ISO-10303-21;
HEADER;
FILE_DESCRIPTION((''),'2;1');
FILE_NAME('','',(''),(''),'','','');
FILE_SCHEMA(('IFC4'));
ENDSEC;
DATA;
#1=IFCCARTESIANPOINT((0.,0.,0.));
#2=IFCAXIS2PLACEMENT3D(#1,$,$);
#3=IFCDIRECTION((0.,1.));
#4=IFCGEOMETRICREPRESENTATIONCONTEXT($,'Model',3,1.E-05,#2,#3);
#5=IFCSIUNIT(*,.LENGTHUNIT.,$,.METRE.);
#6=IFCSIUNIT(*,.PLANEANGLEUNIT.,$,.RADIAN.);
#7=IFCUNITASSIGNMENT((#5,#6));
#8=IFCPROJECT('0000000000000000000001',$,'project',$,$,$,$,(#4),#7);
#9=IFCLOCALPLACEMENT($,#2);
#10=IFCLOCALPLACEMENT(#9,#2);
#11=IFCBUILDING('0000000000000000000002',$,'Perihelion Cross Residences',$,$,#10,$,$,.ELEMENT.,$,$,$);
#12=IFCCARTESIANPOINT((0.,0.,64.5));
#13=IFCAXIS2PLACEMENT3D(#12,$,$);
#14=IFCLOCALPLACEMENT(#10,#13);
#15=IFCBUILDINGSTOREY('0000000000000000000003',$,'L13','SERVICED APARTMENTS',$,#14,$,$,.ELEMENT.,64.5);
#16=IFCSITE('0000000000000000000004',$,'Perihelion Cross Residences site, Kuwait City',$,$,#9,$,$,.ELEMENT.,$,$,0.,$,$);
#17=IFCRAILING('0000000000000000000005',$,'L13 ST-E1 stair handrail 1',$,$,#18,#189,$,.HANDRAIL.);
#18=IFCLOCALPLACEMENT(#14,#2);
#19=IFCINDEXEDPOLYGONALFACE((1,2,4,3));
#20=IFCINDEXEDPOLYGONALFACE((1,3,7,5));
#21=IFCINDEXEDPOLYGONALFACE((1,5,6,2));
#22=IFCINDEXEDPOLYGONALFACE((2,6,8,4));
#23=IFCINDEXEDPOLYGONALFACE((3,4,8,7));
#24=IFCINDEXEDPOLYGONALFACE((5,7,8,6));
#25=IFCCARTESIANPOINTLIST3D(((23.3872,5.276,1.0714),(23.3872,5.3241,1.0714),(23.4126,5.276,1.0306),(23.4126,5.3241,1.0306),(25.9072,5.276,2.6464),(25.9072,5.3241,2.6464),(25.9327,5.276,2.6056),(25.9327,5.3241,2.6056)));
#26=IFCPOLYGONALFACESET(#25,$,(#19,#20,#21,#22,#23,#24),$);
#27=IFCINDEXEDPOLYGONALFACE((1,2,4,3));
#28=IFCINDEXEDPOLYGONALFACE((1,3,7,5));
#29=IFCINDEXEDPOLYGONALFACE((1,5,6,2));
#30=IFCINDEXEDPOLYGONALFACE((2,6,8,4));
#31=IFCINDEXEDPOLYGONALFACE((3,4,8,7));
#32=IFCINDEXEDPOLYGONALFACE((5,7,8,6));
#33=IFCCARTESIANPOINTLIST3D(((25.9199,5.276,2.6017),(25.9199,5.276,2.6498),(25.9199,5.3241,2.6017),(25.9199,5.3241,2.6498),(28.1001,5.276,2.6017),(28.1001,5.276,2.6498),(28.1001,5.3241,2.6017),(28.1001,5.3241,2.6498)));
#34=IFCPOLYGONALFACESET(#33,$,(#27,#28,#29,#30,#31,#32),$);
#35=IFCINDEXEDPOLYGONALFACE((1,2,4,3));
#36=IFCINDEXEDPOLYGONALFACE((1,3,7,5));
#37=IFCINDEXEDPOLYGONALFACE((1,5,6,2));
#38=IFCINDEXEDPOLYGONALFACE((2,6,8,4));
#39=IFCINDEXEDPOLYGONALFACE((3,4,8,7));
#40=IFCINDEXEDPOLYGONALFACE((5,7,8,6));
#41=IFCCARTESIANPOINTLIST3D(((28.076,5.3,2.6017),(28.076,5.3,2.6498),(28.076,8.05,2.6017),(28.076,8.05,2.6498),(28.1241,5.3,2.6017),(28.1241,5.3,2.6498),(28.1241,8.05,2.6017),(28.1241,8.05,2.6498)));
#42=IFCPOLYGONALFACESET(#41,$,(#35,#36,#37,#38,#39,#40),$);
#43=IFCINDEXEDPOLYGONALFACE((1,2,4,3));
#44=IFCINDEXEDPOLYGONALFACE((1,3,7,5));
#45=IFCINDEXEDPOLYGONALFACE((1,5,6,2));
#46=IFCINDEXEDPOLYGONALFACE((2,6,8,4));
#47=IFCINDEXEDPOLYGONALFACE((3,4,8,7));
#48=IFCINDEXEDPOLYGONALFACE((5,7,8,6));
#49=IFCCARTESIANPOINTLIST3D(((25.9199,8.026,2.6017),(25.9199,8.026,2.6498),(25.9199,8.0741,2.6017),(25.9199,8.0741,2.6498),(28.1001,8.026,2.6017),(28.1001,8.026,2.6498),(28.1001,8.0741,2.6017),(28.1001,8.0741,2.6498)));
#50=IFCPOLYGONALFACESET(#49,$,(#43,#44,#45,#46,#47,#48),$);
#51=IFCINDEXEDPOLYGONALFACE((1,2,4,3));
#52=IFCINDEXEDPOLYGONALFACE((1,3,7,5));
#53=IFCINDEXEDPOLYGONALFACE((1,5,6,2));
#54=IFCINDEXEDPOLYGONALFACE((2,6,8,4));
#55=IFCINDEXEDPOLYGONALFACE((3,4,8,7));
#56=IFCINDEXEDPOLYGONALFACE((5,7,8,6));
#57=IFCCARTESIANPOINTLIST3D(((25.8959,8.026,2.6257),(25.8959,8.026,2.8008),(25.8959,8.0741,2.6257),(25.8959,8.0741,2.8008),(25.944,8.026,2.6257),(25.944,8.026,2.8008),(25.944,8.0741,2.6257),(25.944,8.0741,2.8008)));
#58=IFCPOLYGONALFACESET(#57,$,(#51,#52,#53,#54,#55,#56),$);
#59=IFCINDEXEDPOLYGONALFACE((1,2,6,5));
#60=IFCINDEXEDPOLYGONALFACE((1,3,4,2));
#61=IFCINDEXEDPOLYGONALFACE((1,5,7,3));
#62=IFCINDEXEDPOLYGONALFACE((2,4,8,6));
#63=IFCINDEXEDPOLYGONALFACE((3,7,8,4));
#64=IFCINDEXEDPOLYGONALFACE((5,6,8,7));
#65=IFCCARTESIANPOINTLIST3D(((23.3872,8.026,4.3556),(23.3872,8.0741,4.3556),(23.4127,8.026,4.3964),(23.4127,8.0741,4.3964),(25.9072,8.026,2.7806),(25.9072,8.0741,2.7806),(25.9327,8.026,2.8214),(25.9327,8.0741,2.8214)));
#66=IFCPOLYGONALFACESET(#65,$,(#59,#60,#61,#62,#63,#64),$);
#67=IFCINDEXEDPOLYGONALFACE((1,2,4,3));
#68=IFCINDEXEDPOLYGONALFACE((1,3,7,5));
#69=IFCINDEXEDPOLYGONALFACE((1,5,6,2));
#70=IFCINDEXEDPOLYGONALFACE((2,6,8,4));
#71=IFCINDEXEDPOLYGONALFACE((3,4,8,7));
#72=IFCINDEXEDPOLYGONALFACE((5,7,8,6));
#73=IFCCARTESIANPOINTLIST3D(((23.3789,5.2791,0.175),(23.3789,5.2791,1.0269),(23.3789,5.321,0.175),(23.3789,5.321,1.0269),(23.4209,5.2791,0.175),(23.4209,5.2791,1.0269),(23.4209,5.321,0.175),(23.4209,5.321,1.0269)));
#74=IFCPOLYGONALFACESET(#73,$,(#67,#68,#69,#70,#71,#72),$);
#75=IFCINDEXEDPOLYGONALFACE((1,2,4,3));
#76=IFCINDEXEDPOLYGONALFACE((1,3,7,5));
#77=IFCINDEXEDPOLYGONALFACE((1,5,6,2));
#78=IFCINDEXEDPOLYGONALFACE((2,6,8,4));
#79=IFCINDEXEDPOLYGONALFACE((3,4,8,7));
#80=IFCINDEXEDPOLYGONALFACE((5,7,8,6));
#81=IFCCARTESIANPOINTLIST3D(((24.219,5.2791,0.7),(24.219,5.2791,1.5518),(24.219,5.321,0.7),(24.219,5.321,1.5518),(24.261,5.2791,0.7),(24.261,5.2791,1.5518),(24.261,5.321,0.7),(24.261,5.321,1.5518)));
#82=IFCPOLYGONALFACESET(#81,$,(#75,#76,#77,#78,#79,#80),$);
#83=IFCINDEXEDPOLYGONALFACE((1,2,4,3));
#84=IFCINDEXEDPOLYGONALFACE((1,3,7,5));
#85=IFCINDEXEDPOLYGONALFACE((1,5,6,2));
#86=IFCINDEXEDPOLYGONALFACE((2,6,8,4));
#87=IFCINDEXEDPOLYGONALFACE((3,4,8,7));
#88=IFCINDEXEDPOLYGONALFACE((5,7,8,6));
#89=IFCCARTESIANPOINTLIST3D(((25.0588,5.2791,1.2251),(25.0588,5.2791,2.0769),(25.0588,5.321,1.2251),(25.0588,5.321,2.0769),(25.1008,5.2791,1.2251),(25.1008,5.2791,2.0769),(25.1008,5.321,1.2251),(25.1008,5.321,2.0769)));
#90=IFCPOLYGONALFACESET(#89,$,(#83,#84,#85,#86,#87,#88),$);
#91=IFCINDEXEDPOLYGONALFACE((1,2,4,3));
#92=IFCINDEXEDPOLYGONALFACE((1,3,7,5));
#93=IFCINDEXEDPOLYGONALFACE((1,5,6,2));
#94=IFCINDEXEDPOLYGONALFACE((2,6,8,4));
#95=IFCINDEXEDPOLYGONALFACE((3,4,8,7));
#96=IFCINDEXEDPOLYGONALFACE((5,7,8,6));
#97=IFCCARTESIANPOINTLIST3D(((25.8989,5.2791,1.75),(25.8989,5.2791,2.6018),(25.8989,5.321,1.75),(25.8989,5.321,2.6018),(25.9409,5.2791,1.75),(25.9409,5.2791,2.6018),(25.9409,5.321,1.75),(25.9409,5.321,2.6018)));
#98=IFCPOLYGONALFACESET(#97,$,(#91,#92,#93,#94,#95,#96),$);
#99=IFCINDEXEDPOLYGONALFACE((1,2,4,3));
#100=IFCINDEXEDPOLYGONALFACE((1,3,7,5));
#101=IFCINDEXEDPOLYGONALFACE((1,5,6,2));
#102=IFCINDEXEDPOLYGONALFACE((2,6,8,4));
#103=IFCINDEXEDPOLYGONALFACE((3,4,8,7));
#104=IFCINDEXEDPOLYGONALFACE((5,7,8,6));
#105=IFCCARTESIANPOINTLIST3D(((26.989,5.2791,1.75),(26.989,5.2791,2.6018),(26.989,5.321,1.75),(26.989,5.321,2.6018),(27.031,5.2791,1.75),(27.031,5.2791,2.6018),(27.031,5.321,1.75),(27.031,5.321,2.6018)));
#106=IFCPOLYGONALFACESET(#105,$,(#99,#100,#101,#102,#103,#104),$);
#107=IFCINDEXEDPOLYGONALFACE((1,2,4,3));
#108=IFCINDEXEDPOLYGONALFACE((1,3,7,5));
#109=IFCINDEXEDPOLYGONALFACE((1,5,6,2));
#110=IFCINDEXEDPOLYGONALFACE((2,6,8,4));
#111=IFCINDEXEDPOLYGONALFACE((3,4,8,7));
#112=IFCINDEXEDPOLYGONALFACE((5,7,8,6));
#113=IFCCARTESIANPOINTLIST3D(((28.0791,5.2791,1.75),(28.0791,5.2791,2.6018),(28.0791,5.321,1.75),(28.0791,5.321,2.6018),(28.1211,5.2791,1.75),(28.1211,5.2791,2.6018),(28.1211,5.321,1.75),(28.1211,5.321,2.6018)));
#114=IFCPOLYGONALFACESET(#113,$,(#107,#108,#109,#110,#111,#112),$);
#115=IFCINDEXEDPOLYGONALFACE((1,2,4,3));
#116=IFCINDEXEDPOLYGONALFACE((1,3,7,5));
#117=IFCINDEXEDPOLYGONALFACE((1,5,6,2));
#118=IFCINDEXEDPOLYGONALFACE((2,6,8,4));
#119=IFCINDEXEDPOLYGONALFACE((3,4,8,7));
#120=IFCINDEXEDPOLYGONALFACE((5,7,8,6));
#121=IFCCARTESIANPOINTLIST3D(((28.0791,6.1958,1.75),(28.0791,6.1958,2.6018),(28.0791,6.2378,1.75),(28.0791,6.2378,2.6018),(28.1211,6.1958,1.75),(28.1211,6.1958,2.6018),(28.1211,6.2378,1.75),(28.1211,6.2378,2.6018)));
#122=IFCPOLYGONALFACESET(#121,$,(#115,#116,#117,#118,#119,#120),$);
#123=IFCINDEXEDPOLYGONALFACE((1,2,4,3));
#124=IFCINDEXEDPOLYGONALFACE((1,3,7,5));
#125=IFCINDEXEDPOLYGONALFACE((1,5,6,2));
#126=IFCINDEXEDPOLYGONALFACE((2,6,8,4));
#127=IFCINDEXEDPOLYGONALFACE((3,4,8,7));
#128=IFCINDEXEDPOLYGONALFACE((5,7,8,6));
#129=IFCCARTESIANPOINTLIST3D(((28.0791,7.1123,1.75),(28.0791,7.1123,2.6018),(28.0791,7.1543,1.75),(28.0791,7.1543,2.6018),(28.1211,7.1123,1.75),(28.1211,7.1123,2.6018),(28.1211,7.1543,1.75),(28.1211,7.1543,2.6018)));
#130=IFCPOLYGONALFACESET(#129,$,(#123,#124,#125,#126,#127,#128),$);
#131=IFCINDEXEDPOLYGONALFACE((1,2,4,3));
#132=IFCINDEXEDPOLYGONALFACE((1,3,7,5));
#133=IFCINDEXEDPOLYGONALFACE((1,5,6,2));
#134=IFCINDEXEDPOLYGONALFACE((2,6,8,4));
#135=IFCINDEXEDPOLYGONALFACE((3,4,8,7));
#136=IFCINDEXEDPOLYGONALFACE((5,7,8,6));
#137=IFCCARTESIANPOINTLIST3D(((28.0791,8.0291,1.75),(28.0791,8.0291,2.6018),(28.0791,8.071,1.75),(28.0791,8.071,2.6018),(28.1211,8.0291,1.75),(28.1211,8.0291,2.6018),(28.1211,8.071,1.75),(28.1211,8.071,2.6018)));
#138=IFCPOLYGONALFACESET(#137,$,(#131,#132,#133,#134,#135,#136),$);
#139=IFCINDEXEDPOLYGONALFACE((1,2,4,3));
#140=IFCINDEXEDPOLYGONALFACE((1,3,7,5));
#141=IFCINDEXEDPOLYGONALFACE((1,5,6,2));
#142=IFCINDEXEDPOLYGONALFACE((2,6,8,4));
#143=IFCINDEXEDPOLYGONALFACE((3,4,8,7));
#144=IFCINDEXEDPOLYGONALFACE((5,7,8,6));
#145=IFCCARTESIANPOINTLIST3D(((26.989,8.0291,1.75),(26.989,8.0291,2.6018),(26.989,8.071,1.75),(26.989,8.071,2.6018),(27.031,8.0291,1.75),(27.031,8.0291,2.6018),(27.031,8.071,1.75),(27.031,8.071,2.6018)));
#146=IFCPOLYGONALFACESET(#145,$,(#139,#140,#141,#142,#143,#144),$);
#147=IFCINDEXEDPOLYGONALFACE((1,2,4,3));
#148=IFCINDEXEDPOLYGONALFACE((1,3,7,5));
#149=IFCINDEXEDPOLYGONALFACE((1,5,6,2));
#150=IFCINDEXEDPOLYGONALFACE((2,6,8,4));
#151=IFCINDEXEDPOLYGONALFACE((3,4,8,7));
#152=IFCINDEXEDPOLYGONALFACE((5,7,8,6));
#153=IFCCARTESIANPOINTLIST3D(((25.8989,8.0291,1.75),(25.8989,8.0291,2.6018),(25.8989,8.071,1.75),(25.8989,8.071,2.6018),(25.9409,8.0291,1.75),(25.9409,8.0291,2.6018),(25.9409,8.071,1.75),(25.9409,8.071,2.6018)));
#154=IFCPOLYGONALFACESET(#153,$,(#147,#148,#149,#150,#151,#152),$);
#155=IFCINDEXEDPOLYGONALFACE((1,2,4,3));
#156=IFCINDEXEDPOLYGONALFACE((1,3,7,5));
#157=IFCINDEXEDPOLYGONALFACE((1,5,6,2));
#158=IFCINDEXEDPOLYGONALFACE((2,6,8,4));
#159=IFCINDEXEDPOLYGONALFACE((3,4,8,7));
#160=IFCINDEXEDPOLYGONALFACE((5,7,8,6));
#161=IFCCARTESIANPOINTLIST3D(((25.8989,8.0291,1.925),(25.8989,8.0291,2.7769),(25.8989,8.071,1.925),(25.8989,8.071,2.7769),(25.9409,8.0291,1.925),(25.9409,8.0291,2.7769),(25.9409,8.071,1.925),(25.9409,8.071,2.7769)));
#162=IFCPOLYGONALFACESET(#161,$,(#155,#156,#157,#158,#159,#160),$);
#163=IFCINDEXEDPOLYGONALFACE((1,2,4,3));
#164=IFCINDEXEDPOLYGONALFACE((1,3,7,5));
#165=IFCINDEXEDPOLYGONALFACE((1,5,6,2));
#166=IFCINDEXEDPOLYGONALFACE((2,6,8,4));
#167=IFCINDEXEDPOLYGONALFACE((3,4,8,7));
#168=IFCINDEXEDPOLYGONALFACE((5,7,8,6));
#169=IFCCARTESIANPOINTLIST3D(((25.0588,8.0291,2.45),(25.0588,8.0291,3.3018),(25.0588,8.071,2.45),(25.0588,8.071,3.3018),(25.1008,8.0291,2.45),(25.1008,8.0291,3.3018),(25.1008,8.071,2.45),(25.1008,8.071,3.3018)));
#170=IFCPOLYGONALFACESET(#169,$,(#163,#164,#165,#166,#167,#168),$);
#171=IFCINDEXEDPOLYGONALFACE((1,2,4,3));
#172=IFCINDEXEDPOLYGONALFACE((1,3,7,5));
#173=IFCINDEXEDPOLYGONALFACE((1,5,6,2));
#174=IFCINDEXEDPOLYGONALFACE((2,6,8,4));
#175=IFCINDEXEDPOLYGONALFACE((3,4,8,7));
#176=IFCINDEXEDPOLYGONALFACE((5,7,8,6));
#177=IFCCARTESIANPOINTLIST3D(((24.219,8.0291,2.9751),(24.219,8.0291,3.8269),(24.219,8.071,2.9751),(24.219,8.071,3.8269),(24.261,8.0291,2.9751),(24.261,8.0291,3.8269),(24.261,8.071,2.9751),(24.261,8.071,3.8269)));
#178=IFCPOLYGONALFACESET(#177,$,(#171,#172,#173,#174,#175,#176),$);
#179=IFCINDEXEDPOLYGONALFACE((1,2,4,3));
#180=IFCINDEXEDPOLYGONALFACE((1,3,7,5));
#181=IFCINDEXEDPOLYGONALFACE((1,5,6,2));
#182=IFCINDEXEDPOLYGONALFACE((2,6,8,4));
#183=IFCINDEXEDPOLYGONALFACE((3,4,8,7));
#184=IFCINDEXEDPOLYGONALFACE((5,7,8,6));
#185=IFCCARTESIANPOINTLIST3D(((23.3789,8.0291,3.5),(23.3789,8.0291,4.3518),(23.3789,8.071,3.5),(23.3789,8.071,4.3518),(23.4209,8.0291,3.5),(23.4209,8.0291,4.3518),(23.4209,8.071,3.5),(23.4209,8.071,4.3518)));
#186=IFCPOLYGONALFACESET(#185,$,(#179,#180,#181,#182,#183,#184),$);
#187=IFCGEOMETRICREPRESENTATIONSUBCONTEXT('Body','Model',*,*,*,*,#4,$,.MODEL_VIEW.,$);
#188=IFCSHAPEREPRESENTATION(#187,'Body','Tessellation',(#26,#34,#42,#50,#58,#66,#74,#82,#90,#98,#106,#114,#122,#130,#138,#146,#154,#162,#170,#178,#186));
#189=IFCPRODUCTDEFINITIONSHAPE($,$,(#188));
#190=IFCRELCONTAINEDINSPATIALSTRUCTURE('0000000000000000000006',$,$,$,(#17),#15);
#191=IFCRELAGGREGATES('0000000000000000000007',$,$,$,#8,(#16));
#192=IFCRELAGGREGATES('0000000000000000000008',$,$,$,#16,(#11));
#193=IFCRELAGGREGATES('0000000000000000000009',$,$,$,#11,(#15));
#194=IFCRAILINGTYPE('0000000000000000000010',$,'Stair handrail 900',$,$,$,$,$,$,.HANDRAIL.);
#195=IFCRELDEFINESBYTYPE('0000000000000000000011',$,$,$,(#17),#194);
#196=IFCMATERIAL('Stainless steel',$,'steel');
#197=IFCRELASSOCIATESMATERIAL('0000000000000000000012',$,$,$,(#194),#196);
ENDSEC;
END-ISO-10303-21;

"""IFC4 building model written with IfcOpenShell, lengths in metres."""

from ifc_helpers import new_model, si_unit, direction, frame, origin, origin_2d, place, context, subcontext, project, spatial, rectangle, extrude, material, type_object, element, save


model = new_model("IFC4")

# Units and contexts
model_context = context("Model", 3, precision=1e-05, world=origin(), true_north=direction((0.0, 1.0)))
body_context = subcontext(model_context, "Body", "Model", "MODEL_VIEW")
ifc_project = project(units=[si_unit("LENGTHUNIT", "METRE"), si_unit("PLANEANGLEUNIT", "RADIAN")], contexts=[model_context])

# Site, building, storey
site_placement = place(None, origin())
site = spatial("IfcSite", under=ifc_project, at=site_placement, Name="Perihelion Cross Residences site, Kuwait City", CompositionType="ELEMENT", RefElevation=0.0)
building_placement = place(site_placement, origin())
building = spatial("IfcBuilding", under=site, at=building_placement, Name="Perihelion Cross Residences", CompositionType="ELEMENT")
storey_placement = place(building_placement, frame((0.0, 0.0, 64.5)))
storey = spatial("IfcBuildingStorey", under=building, at=storey_placement, Name="L13", Description="SERVICED APARTMENTS", CompositionType="ELEMENT", Elevation=64.5)

# Railing
ifc_material_1 = material(Name="Stainless steel", Category="steel")
railing_type_1 = type_object("IfcRailingType", Name="Stair handrail 900", PredefinedType="HANDRAIL", material=ifc_material_1)
railing_1_placement = place(storey_placement, frame((23.3999, 5.3, 0.175)))
element("IfcRailing", 1, at=railing_1_placement, inside=storey, type_object=railing_type_1, Name="L13 ST-E1 stair handrail 1", PredefinedType="HANDRAIL", context=body_context, shape_type="SweptSolid", body=[
    extrude(rectangle(XDim=0.0481, YDim=0.0481, at=origin_2d()), frame((0.0, 0.0, 0.876), z_axis=(0.848008, 0.0, 0.529984), x_axis=(0.0, 1.0, 0.0)), (0.0, 0.0, 1.0), 2.9717),
    extrude(rectangle(XDim=0.0481, YDim=0.0481, at=origin_2d()), frame((2.52, 0.0, 2.4507), z_axis=(1.0, 0.0, 0.0), x_axis=(0.0, 1.0, 0.0)), (0.0, 0.0, 1.0), 2.1802),
    extrude(rectangle(XDim=0.0481, YDim=0.0481, at=origin_2d()), frame((4.7002, 0.0, 2.4507), z_axis=(0.0, 1.0, 0.0), x_axis=(-1.0, 0.0, 0.0)), (0.0, 0.0, 1.0), 2.75),
    extrude(rectangle(XDim=0.0481, YDim=0.0481, at=origin_2d()), frame((4.7002, 2.75, 2.4507), z_axis=(-1.0, 0.0, 0.0), x_axis=(0.0, -1.0, 0.0)), (0.0, 0.0, 1.0), 2.1802),
    extrude(rectangle(XDim=0.0481, YDim=0.0481, at=origin_2d()), frame((2.52, 2.75, 2.4507), z_axis=(0.0, 0.0, 1.0), x_axis=(1.0, 0.0, 0.0)), (0.0, 0.0, 1.0), 0.175),
    extrude(rectangle(XDim=0.0481, YDim=0.0481, at=origin_2d()), frame((2.52, 2.75, 2.626), z_axis=(-0.848008, 0.0, 0.529984), x_axis=(0.0, -1.0, 0.0)), (0.0, 0.0, 1.0), 2.9717),
    extrude(rectangle(XDim=0.042, YDim=0.042, at=origin_2d()), origin(), (0.0, 0.0, 1.0), 0.8518),
    extrude(rectangle(XDim=0.042, YDim=0.042, at=origin_2d()), frame((0.8401, 0.0, 0.5249)), (0.0, 0.0, 1.0), 0.8518),
    extrude(rectangle(XDim=0.042, YDim=0.042, at=origin_2d()), frame((1.6799, 0.0, 1.05)), (0.0, 0.0, 1.0), 0.8518),
    extrude(rectangle(XDim=0.042, YDim=0.042, at=origin_2d()), frame((2.52, 0.0, 1.575)), (0.0, 0.0, 1.0), 0.8518),
    extrude(rectangle(XDim=0.042, YDim=0.042, at=origin_2d()), frame((3.6101, 0.0, 1.575)), (0.0, 0.0, 1.0), 0.8518),
    extrude(rectangle(XDim=0.042, YDim=0.042, at=origin_2d()), frame((4.7002, 0.0, 1.575)), (0.0, 0.0, 1.0), 0.8518),
    extrude(rectangle(XDim=0.042, YDim=0.042, at=origin_2d()), frame((4.7002, 0.9167, 1.575)), (0.0, 0.0, 1.0), 0.8518),
    extrude(rectangle(XDim=0.042, YDim=0.042, at=origin_2d()), frame((4.7002, 1.8333, 1.575)), (0.0, 0.0, 1.0), 0.8518),
    extrude(rectangle(XDim=0.042, YDim=0.042, at=origin_2d()), frame((4.7002, 2.75, 1.575)), (0.0, 0.0, 1.0), 0.8518),
    extrude(rectangle(XDim=0.042, YDim=0.042, at=origin_2d()), frame((3.6101, 2.75, 1.575)), (0.0, 0.0, 1.0), 0.8518),
    extrude(rectangle(XDim=0.042, YDim=0.042, at=origin_2d()), frame((2.52, 2.75, 1.575)), (0.0, 0.0, 1.0), 0.8518),
    extrude(rectangle(XDim=0.042, YDim=0.042, at=origin_2d()), frame((2.52, 2.75, 1.75)), (0.0, 0.0, 1.0), 0.8518),
    extrude(rectangle(XDim=0.042, YDim=0.042, at=origin_2d()), frame((1.6799, 2.75, 2.2749)), (0.0, 0.0, 1.0), 0.8518),
    extrude(rectangle(XDim=0.042, YDim=0.042, at=origin_2d()), frame((0.8401, 2.75, 2.8)), (0.0, 0.0, 1.0), 0.8518),
    extrude(rectangle(XDim=0.042, YDim=0.042, at=origin_2d()), frame((0.0, 2.75, 3.325)), (0.0, 0.0, 1.0), 0.8518),
])

save(model, "model.ifc")
